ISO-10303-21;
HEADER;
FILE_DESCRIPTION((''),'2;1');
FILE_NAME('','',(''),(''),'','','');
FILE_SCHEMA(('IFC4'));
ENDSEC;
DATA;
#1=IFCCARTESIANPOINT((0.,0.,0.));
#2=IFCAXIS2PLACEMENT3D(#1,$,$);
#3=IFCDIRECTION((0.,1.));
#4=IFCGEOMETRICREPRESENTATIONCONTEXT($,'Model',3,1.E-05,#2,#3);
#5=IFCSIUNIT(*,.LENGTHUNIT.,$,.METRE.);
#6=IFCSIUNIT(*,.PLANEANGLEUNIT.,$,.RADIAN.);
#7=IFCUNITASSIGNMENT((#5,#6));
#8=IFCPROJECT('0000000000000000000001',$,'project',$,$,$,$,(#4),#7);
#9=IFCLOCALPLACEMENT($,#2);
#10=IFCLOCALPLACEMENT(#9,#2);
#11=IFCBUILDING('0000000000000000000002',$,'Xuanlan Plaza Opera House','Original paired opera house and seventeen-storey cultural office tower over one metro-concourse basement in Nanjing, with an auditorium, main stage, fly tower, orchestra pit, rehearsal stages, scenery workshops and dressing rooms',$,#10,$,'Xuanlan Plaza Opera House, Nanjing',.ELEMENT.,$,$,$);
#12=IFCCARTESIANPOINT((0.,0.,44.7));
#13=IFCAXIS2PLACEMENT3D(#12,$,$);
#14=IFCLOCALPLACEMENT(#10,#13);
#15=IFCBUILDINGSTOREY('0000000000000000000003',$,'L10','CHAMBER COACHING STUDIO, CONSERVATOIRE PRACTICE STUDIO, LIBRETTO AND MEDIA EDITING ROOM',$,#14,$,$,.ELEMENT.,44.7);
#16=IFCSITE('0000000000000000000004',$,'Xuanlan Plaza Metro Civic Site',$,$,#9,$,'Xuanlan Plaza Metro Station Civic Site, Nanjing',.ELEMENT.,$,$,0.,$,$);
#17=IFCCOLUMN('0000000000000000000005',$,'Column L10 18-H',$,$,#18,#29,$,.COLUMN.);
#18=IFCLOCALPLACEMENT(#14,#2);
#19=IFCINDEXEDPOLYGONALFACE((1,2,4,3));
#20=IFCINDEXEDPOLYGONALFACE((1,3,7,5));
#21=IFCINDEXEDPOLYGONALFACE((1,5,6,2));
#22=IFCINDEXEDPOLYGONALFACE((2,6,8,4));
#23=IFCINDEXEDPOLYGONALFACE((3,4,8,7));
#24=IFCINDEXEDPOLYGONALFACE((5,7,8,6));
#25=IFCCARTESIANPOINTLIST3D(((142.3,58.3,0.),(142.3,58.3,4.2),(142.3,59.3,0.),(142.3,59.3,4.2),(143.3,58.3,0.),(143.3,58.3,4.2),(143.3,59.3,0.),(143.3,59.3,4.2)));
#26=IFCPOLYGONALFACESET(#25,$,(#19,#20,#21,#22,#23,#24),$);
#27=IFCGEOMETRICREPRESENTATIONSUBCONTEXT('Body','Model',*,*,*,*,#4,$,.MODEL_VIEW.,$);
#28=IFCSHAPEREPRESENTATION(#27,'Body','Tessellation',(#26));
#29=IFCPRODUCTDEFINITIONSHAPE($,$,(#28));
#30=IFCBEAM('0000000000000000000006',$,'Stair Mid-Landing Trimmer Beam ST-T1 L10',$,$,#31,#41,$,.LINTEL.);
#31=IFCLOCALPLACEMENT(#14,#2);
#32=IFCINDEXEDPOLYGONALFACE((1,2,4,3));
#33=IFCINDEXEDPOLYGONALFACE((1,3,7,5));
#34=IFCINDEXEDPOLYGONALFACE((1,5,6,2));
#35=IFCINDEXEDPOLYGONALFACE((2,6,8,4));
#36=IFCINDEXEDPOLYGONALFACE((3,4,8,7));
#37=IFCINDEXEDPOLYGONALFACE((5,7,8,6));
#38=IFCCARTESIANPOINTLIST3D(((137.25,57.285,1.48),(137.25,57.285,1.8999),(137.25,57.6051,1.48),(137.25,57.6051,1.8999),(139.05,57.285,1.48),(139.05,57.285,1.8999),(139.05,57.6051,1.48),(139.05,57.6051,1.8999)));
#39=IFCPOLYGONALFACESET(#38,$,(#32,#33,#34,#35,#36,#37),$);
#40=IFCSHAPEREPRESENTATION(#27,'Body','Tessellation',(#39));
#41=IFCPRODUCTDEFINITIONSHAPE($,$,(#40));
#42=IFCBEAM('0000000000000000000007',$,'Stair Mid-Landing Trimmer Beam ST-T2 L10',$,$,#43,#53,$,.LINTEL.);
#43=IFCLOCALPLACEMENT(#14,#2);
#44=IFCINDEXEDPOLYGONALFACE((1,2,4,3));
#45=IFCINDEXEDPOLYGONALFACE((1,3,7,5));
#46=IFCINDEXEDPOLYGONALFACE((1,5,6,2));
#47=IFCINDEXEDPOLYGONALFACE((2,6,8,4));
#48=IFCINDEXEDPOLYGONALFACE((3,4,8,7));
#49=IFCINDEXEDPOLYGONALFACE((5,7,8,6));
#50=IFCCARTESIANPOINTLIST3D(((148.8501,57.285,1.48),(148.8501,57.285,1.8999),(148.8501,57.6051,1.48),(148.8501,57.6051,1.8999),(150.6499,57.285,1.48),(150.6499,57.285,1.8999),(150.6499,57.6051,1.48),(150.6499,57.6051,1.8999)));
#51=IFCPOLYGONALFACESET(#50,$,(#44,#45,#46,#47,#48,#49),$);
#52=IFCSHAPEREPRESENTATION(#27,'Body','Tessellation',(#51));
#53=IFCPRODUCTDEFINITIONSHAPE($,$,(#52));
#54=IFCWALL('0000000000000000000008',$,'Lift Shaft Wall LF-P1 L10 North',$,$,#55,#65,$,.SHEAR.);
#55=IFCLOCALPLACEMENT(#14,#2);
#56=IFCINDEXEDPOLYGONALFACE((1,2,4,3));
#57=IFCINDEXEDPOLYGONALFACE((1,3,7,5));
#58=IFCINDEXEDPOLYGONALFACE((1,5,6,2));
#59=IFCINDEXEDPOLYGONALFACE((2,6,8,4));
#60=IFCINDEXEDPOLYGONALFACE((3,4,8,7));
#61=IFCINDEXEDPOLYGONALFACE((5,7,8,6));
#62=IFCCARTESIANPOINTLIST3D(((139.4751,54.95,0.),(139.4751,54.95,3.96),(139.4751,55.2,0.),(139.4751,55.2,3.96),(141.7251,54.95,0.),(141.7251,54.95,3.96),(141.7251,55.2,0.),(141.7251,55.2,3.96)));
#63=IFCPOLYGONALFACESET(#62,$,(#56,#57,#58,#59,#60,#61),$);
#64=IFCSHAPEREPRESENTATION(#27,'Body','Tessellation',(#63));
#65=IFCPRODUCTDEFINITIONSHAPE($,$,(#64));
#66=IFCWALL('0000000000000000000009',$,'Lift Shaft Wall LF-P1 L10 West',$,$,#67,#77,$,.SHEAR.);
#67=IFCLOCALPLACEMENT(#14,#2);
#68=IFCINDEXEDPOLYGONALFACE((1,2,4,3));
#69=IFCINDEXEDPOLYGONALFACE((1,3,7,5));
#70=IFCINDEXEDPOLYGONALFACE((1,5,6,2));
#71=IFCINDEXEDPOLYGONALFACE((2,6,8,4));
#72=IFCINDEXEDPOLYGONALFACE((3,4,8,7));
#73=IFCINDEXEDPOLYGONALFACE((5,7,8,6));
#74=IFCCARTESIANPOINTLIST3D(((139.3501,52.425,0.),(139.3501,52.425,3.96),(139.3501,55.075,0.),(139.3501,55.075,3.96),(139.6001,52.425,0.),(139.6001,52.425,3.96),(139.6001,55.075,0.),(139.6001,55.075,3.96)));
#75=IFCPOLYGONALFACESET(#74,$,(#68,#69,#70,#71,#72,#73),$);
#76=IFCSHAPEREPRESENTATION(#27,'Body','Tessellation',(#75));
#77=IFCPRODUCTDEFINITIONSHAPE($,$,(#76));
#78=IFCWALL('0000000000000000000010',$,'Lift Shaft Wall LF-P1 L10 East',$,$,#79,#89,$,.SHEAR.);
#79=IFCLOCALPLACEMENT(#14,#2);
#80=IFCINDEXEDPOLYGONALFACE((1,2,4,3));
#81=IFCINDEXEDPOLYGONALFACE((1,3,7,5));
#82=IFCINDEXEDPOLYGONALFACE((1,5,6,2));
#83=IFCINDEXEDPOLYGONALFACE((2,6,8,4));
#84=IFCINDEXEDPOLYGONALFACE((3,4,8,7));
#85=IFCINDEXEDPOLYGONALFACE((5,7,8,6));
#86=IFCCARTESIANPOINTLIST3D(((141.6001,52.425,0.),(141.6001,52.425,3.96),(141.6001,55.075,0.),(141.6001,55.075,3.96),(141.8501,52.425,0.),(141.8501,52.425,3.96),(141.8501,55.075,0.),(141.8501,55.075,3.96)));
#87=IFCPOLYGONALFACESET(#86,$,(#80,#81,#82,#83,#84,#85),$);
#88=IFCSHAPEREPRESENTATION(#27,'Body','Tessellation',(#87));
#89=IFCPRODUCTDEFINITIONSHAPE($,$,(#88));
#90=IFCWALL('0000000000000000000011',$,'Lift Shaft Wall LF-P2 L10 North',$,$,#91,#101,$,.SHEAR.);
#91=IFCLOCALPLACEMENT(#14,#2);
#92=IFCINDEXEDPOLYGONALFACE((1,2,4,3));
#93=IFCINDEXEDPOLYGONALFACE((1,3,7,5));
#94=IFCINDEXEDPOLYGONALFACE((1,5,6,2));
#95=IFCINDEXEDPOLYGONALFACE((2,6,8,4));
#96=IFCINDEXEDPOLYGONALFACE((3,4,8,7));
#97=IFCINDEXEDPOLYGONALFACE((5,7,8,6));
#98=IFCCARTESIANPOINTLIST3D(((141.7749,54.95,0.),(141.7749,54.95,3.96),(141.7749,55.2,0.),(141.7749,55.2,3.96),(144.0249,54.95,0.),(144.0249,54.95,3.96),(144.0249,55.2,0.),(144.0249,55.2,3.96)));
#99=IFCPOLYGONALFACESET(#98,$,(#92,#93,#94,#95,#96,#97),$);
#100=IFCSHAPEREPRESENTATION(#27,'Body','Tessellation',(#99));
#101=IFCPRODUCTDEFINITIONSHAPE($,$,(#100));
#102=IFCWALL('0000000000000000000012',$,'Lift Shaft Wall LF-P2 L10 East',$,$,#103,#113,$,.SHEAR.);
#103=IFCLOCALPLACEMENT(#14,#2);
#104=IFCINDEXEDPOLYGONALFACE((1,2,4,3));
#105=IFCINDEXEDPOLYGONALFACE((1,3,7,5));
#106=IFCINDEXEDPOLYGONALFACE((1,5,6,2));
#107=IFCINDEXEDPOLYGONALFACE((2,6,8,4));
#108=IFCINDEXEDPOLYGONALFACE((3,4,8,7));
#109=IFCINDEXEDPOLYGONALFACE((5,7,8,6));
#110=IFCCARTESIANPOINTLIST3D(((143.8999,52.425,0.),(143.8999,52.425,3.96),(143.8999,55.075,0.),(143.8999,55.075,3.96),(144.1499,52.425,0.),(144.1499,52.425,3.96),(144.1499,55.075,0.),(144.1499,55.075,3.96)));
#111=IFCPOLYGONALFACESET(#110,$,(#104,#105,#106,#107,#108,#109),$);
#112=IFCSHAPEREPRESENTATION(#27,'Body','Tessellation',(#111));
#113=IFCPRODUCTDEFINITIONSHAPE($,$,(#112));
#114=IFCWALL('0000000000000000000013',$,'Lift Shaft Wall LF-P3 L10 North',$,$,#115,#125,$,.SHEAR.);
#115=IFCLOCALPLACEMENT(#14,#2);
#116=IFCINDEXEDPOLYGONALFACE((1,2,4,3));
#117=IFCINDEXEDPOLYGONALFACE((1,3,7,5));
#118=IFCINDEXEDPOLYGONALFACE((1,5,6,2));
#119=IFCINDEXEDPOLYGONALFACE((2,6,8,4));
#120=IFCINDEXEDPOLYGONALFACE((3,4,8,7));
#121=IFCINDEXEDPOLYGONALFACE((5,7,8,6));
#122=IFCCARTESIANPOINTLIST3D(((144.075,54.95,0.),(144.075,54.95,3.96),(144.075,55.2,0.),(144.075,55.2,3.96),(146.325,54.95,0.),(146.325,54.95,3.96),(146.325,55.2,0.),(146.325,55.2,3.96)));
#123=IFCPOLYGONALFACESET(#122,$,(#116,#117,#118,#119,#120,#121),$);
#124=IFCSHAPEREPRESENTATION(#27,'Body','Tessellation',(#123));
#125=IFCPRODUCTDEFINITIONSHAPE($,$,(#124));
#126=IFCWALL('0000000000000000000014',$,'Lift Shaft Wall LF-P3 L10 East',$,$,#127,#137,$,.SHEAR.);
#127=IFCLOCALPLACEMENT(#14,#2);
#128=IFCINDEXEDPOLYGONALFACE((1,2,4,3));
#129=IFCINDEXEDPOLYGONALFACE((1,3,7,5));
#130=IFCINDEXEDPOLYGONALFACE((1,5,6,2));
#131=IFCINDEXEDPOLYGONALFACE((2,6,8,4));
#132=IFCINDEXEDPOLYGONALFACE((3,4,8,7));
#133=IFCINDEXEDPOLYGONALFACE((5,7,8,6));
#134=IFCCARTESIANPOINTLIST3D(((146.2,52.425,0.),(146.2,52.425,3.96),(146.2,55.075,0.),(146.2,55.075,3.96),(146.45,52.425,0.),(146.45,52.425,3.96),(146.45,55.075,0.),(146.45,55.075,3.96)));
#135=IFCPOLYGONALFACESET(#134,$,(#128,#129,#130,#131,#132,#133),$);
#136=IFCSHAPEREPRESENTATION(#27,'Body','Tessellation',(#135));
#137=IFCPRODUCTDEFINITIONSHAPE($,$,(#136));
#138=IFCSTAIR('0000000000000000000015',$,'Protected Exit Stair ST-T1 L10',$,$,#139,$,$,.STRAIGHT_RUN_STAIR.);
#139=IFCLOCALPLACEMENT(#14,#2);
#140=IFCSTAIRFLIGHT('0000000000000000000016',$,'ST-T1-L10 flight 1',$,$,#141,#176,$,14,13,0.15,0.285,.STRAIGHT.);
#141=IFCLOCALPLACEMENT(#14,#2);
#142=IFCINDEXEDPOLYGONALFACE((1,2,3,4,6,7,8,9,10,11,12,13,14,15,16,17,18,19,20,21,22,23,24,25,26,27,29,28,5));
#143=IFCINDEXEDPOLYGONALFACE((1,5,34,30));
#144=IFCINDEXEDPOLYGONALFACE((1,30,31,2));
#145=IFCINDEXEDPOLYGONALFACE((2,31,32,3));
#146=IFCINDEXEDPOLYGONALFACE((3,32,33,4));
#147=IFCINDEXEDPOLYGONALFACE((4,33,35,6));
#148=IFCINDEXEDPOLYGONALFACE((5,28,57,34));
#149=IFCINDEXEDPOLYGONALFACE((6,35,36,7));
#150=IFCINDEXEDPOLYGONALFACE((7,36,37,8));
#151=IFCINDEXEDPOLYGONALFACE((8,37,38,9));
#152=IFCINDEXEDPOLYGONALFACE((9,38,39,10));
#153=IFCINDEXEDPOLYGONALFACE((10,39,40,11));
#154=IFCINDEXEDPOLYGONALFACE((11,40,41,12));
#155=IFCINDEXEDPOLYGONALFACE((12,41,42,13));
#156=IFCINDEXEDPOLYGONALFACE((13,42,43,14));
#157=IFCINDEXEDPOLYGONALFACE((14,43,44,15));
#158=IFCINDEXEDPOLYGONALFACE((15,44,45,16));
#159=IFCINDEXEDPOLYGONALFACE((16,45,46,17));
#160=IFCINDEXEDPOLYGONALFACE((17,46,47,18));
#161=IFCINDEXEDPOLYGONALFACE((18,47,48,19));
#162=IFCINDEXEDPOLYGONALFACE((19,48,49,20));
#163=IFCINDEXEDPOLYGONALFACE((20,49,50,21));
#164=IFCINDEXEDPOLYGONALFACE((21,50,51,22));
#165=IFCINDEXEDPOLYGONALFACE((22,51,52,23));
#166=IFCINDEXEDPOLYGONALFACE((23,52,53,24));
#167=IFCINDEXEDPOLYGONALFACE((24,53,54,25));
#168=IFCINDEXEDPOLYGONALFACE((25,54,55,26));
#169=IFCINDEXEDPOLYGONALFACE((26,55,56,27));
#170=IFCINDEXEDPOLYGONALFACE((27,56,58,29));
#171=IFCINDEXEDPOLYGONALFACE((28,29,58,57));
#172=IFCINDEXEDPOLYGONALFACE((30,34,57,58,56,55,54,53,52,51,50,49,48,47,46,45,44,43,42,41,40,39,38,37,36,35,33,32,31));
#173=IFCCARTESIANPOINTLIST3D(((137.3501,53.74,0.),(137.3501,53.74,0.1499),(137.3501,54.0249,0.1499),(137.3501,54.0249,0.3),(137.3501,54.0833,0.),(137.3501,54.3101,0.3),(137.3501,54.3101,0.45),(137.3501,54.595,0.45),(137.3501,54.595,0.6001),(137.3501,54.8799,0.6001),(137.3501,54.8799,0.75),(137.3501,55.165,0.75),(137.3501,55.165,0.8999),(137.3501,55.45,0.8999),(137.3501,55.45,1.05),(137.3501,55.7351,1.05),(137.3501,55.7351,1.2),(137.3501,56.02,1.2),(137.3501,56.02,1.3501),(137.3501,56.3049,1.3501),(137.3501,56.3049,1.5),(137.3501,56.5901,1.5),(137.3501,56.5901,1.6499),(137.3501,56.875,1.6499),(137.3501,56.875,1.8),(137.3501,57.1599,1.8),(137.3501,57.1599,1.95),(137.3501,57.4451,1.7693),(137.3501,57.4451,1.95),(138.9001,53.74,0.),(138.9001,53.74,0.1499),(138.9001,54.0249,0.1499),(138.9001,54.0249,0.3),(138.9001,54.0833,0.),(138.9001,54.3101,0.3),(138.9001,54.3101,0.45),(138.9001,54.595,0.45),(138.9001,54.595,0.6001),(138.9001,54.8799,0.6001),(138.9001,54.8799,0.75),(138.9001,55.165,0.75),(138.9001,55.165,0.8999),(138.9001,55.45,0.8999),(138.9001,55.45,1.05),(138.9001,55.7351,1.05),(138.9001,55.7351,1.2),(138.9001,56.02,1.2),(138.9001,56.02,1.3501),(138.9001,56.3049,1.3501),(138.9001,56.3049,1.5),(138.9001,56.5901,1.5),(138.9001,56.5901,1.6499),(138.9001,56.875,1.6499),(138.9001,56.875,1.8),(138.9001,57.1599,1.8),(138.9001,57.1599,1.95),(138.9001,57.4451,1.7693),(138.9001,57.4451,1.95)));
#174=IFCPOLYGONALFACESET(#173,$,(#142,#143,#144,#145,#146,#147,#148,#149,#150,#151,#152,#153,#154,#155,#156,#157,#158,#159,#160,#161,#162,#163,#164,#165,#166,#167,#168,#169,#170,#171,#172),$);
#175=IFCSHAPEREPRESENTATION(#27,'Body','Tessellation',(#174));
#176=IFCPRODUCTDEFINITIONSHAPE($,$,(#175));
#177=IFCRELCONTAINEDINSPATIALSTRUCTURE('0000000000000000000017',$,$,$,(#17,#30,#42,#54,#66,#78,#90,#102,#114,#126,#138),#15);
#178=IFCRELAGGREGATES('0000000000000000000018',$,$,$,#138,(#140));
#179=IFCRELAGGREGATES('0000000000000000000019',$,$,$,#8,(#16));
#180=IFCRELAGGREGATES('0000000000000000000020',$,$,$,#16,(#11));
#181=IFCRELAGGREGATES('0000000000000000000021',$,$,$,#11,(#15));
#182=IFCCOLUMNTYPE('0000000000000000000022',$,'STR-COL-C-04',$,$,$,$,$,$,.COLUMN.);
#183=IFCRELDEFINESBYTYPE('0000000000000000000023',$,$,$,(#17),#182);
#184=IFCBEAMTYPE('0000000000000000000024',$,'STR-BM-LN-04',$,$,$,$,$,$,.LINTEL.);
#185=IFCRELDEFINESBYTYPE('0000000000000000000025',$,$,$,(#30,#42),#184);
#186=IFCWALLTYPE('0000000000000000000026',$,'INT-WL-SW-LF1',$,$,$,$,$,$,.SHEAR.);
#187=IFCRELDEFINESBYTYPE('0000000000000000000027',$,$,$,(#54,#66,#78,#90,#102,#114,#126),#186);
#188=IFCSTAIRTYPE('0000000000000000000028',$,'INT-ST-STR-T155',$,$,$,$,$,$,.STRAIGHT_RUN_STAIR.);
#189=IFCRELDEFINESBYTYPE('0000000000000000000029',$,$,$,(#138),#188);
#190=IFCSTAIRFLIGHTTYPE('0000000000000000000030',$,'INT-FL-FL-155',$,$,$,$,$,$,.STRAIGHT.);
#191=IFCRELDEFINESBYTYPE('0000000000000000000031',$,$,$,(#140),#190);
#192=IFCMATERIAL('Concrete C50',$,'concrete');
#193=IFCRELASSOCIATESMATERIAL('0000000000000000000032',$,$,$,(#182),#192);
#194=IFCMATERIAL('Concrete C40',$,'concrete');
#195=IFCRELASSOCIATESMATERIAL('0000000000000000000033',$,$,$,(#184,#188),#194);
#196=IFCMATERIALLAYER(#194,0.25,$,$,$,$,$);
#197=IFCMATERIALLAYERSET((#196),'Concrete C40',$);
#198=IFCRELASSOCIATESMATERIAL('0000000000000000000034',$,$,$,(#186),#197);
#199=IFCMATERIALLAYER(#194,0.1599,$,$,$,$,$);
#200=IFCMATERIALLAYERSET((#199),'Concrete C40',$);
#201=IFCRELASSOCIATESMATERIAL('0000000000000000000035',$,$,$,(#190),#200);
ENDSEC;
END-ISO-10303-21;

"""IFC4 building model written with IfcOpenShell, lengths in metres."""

from ifc_helpers import new_model, si_unit, direction, frame, frame_2d, origin, origin_2d, place, context, subcontext, project, spatial, polyline, rectangle, outline, extrude, material, layer, layer_set, material_profile, profile_set, type_object, element, aggregate, save


model = new_model("IFC4")

# Units and contexts
model_context = context("Model", 3, precision=1e-05, world=origin(), true_north=direction((0.0, 1.0)))
body_context = subcontext(model_context, "Body", "Model", "MODEL_VIEW")
ifc_project = project(units=[si_unit("LENGTHUNIT", "METRE"), si_unit("PLANEANGLEUNIT", "RADIAN")], contexts=[model_context])

# Site, building, storey
site_placement = place(None, origin())
site = spatial("IfcSite", under=ifc_project, at=site_placement, Name="Xuanlan Plaza Metro Civic Site", LongName="Xuanlan Plaza Metro Station Civic Site, Nanjing", CompositionType="ELEMENT", RefElevation=0.0)
building_placement = place(site_placement, origin())
building = spatial("IfcBuilding", under=site, at=building_placement, Name="Xuanlan Plaza Opera House", Description="Original paired opera house and seventeen-storey cultural office tower over one metro-concourse basement in Nanjing, with an auditorium, main stage, fly tower, orchestra pit, rehearsal stages, scenery workshops and dressing rooms", LongName="Xuanlan Plaza Opera House, Nanjing", CompositionType="ELEMENT")
storey_placement = place(building_placement, frame((0.0, 0.0, 44.7)))
storey = spatial("IfcBuildingStorey", under=building, at=storey_placement, Name="L10", Description="CHAMBER COACHING STUDIO, CONSERVATOIRE PRACTICE STUDIO, LIBRETTO AND MEDIA EDITING ROOM", CompositionType="ELEMENT", Elevation=44.7)

# Column
ifc_material_1 = material(Name="Concrete C50", Category="concrete")
ifc_material_profile_1 = material_profile(ifc_material_1, rectangle(XDim=1.0, YDim=1.0, at=origin_2d()), Name="RC-COL 1000x1000")
ifc_profile_set_1 = profile_set([ifc_material_profile_1], Name="Concrete C50")
column_type = type_object("IfcColumnType", Name="STR-COL-C-04", PredefinedType="COLUMN", material=ifc_profile_set_1)
column_placement = place(storey_placement, frame((142.8, 58.8, 0.0), z_axis=(0.0, 0.0, 1.0), x_axis=(1.0, 0.0, 0.0)))
element("IfcColumn", 1, at=column_placement, inside=storey, type_object=column_type, Name="Column L10 18-H", PredefinedType="COLUMN", context=body_context, shape_type="SweptSolid", body=[
    extrude(rectangle(XDim=1.0, YDim=1.0, at=origin_2d()), origin(), (0.0, 0.0, 1.0), 4.2),
])

# Beams
ifc_material_2 = material(Name="Concrete C40", Category="concrete")
ifc_material_profile_2 = material_profile(ifc_material_2, rectangle(XDim=0.3201, YDim=0.4199, at=origin_2d()), Name="RC-LNT 320x420")
ifc_profile_set_2 = profile_set([ifc_material_profile_2], Name="Concrete C40")
beam_type = type_object("IfcBeamType", Name="STR-BM-LN-04", PredefinedType="LINTEL", material=ifc_profile_set_2)
beam_1_placement = place(storey_placement, frame((137.25, 57.4451, 1.6899), z_axis=(1.0, 0.0, 0.0), x_axis=(0.0, 1.0, 0.0)))
element("IfcBeam", 2, at=beam_1_placement, inside=storey, type_object=beam_type, Name="Stair Mid-Landing Trimmer Beam ST-T1 L10", PredefinedType="LINTEL", context=body_context, shape_type="SweptSolid", body=[
    extrude(rectangle(XDim=0.3201, YDim=0.4199, at=origin_2d()), origin(), (0.0, 0.0, 1.0), 1.8),
])
beam_2_placement = place(storey_placement, frame((148.8501, 57.4451, 1.6899), z_axis=(1.0, 0.0, 0.0), x_axis=(0.0, 1.0, 0.0)))
element("IfcBeam", 3, at=beam_2_placement, inside=storey, type_object=beam_type, Name="Stair Mid-Landing Trimmer Beam ST-T2 L10", PredefinedType="LINTEL", context=body_context, shape_type="SweptSolid", body=[
    extrude(rectangle(XDim=0.3201, YDim=0.4199, at=origin_2d()), origin(), (0.0, 0.0, 1.0), 1.7998),
])

# Shared definitions
ifc_layer_1 = layer(ifc_material_2, 0.25)
ifc_layer_set_1 = layer_set([ifc_layer_1], Name="Concrete C40")
wall_type = type_object("IfcWallType", Name="INT-WL-SW-LF1", PredefinedType="SHEAR", material=ifc_layer_set_1)

# Walls
wall_1_placement = place(storey_placement, frame((139.4751, 55.075, 0.0), z_axis=(0.0, 0.0, 1.0), x_axis=(1.0, 0.0, 0.0)))
element("IfcWall", 4, at=wall_1_placement, inside=storey, type_object=wall_type, Name="Lift Shaft Wall LF-P1 L10 North", PredefinedType="SHEAR", context=body_context, shape_type="SweptSolid", body=[
    extrude(rectangle(XDim=2.25, YDim=0.25, at=frame_2d((1.125, 0.0))), origin(), (0.0, 0.0, 1.0), 3.96),
])
for number, where, z_axis, x_axis, name in (
    (5, (139.4751, 52.425, 0.0), (0.0, 0.0, 1.0), (0.0, 1.0, 0.0), "Lift Shaft Wall LF-P1 L10 West"),
    (6, (141.7251, 52.425, 0.0), (0.0, 0.0, 1.0), (0.0, 1.0, 0.0), "Lift Shaft Wall LF-P1 L10 East"),
):
    element("IfcWall", number, at=place(storey_placement, frame(where, z_axis=z_axis, x_axis=x_axis)), inside=storey, type_object=wall_type, Name=name, PredefinedType="SHEAR", context=body_context, shape_type="SweptSolid", body=[
        extrude(rectangle(XDim=2.6499, YDim=0.25, at=frame_2d((1.325, 0.0))), origin(), (0.0, 0.0, 1.0), 3.96),
    ])

# Walls
wall_2_placement = place(storey_placement, frame((141.7749, 55.075, 0.0), z_axis=(0.0, 0.0, 1.0), x_axis=(1.0, 0.0, 0.0)))
element("IfcWall", 7, at=wall_2_placement, inside=storey, type_object=wall_type, Name="Lift Shaft Wall LF-P2 L10 North", PredefinedType="SHEAR", context=body_context, shape_type="SweptSolid", body=[
    extrude(rectangle(XDim=2.25, YDim=0.25, at=frame_2d((1.125, 0.0))), origin(), (0.0, 0.0, 1.0), 3.96),
])
wall_3_placement = place(storey_placement, frame((144.0249, 52.425, 0.0), z_axis=(0.0, 0.0, 1.0), x_axis=(0.0, 1.0, 0.0)))
element("IfcWall", 8, at=wall_3_placement, inside=storey, type_object=wall_type, Name="Lift Shaft Wall LF-P2 L10 East", PredefinedType="SHEAR", context=body_context, shape_type="SweptSolid", body=[
    extrude(rectangle(XDim=2.6499, YDim=0.25, at=frame_2d((1.325, 0.0))), origin(), (0.0, 0.0, 1.0), 3.96),
])

# Walls
wall_4_placement = place(storey_placement, frame((144.075, 55.075, 0.0), z_axis=(0.0, 0.0, 1.0), x_axis=(1.0, 0.0, 0.0)))
element("IfcWall", 9, at=wall_4_placement, inside=storey, type_object=wall_type, Name="Lift Shaft Wall LF-P3 L10 North", PredefinedType="SHEAR", context=body_context, shape_type="SweptSolid", body=[
    extrude(rectangle(XDim=2.25, YDim=0.25, at=frame_2d((1.125, 0.0))), origin(), (0.0, 0.0, 1.0), 3.96),
])
wall_5_placement = place(storey_placement, frame((146.325, 52.425, 0.0), z_axis=(0.0, 0.0, 1.0), x_axis=(0.0, 1.0, 0.0)))
element("IfcWall", 10, at=wall_5_placement, inside=storey, type_object=wall_type, Name="Lift Shaft Wall LF-P3 L10 East", PredefinedType="SHEAR", context=body_context, shape_type="SweptSolid", body=[
    extrude(rectangle(XDim=2.6499, YDim=0.25, at=frame_2d((1.325, 0.0))), origin(), (0.0, 0.0, 1.0), 3.96),
])

# Stair, stair flight
stair_type = type_object("IfcStairType", Name="INT-ST-STR-T155", PredefinedType="STRAIGHT_RUN_STAIR", material=ifc_material_2)
stair_1_placement = place(storey_placement, origin())
stair_1 = element("IfcStair", 11, at=stair_1_placement, inside=storey, type_object=stair_type, Name="Protected Exit Stair ST-T1 L10", PredefinedType="STRAIGHT_RUN_STAIR")
ifc_layer_2 = layer(ifc_material_2, 0.1599)
ifc_layer_set_2 = layer_set([ifc_layer_2], Name="Concrete C40")
stair_flight_type = type_object("IfcStairFlightType", Name="INT-FL-FL-155", PredefinedType="STRAIGHT", material=ifc_layer_set_2)
stair_flight_1_placement = place(storey_placement, frame((138.125, 53.74, 0.0), z_axis=(0.0, 0.0, 1.0), x_axis=(0.0, 1.0, 0.0)))
stair_flight_1 = element("IfcStairFlight", 12, at=stair_flight_1_placement, type_object=stair_flight_type, Name="ST-T1-L10 flight 1", NumberOfRisers=14, NumberOfTreads=13, PredefinedType="STRAIGHT", RiserHeight=0.15, TreadLength=0.285, context=body_context, shape_type="SweptSolid", body=[
    extrude(outline(polyline([(0.0, 0.0), (0.0, 0.1499), (0.2849, 0.1499), (0.2849, 0.3), (0.5701, 0.3), (0.5701, 0.45), (0.855, 0.45), (0.855, 0.6001), (1.1399, 0.6001), (1.1399, 0.75), (1.425, 0.75), (1.425, 0.8999), (1.71, 0.8999), (1.71, 1.05), (1.9951, 1.05), (1.9951, 1.2), (2.28, 1.2), (2.28, 1.3501), (2.5649, 1.3501), (2.5649, 1.5), (2.8501, 1.5), (2.8501, 1.6499), (3.135, 1.6499), (3.135, 1.8), (3.4199, 1.8), (3.4199, 1.95), (3.7051, 1.95), (3.7051, 2.1001), (3.7051, 1.7693), (0.3433, 0.0), (0.0, 0.0)])), frame((0.0, 0.7749, 0.0), z_axis=(0.0, -1.0, 0.0), x_axis=(1.0, 0.0, 0.0)), (0.0, 0.0, 1.0), 1.55),
])
aggregate(stair_1, [stair_flight_1])

save(model, "model.ifc")
